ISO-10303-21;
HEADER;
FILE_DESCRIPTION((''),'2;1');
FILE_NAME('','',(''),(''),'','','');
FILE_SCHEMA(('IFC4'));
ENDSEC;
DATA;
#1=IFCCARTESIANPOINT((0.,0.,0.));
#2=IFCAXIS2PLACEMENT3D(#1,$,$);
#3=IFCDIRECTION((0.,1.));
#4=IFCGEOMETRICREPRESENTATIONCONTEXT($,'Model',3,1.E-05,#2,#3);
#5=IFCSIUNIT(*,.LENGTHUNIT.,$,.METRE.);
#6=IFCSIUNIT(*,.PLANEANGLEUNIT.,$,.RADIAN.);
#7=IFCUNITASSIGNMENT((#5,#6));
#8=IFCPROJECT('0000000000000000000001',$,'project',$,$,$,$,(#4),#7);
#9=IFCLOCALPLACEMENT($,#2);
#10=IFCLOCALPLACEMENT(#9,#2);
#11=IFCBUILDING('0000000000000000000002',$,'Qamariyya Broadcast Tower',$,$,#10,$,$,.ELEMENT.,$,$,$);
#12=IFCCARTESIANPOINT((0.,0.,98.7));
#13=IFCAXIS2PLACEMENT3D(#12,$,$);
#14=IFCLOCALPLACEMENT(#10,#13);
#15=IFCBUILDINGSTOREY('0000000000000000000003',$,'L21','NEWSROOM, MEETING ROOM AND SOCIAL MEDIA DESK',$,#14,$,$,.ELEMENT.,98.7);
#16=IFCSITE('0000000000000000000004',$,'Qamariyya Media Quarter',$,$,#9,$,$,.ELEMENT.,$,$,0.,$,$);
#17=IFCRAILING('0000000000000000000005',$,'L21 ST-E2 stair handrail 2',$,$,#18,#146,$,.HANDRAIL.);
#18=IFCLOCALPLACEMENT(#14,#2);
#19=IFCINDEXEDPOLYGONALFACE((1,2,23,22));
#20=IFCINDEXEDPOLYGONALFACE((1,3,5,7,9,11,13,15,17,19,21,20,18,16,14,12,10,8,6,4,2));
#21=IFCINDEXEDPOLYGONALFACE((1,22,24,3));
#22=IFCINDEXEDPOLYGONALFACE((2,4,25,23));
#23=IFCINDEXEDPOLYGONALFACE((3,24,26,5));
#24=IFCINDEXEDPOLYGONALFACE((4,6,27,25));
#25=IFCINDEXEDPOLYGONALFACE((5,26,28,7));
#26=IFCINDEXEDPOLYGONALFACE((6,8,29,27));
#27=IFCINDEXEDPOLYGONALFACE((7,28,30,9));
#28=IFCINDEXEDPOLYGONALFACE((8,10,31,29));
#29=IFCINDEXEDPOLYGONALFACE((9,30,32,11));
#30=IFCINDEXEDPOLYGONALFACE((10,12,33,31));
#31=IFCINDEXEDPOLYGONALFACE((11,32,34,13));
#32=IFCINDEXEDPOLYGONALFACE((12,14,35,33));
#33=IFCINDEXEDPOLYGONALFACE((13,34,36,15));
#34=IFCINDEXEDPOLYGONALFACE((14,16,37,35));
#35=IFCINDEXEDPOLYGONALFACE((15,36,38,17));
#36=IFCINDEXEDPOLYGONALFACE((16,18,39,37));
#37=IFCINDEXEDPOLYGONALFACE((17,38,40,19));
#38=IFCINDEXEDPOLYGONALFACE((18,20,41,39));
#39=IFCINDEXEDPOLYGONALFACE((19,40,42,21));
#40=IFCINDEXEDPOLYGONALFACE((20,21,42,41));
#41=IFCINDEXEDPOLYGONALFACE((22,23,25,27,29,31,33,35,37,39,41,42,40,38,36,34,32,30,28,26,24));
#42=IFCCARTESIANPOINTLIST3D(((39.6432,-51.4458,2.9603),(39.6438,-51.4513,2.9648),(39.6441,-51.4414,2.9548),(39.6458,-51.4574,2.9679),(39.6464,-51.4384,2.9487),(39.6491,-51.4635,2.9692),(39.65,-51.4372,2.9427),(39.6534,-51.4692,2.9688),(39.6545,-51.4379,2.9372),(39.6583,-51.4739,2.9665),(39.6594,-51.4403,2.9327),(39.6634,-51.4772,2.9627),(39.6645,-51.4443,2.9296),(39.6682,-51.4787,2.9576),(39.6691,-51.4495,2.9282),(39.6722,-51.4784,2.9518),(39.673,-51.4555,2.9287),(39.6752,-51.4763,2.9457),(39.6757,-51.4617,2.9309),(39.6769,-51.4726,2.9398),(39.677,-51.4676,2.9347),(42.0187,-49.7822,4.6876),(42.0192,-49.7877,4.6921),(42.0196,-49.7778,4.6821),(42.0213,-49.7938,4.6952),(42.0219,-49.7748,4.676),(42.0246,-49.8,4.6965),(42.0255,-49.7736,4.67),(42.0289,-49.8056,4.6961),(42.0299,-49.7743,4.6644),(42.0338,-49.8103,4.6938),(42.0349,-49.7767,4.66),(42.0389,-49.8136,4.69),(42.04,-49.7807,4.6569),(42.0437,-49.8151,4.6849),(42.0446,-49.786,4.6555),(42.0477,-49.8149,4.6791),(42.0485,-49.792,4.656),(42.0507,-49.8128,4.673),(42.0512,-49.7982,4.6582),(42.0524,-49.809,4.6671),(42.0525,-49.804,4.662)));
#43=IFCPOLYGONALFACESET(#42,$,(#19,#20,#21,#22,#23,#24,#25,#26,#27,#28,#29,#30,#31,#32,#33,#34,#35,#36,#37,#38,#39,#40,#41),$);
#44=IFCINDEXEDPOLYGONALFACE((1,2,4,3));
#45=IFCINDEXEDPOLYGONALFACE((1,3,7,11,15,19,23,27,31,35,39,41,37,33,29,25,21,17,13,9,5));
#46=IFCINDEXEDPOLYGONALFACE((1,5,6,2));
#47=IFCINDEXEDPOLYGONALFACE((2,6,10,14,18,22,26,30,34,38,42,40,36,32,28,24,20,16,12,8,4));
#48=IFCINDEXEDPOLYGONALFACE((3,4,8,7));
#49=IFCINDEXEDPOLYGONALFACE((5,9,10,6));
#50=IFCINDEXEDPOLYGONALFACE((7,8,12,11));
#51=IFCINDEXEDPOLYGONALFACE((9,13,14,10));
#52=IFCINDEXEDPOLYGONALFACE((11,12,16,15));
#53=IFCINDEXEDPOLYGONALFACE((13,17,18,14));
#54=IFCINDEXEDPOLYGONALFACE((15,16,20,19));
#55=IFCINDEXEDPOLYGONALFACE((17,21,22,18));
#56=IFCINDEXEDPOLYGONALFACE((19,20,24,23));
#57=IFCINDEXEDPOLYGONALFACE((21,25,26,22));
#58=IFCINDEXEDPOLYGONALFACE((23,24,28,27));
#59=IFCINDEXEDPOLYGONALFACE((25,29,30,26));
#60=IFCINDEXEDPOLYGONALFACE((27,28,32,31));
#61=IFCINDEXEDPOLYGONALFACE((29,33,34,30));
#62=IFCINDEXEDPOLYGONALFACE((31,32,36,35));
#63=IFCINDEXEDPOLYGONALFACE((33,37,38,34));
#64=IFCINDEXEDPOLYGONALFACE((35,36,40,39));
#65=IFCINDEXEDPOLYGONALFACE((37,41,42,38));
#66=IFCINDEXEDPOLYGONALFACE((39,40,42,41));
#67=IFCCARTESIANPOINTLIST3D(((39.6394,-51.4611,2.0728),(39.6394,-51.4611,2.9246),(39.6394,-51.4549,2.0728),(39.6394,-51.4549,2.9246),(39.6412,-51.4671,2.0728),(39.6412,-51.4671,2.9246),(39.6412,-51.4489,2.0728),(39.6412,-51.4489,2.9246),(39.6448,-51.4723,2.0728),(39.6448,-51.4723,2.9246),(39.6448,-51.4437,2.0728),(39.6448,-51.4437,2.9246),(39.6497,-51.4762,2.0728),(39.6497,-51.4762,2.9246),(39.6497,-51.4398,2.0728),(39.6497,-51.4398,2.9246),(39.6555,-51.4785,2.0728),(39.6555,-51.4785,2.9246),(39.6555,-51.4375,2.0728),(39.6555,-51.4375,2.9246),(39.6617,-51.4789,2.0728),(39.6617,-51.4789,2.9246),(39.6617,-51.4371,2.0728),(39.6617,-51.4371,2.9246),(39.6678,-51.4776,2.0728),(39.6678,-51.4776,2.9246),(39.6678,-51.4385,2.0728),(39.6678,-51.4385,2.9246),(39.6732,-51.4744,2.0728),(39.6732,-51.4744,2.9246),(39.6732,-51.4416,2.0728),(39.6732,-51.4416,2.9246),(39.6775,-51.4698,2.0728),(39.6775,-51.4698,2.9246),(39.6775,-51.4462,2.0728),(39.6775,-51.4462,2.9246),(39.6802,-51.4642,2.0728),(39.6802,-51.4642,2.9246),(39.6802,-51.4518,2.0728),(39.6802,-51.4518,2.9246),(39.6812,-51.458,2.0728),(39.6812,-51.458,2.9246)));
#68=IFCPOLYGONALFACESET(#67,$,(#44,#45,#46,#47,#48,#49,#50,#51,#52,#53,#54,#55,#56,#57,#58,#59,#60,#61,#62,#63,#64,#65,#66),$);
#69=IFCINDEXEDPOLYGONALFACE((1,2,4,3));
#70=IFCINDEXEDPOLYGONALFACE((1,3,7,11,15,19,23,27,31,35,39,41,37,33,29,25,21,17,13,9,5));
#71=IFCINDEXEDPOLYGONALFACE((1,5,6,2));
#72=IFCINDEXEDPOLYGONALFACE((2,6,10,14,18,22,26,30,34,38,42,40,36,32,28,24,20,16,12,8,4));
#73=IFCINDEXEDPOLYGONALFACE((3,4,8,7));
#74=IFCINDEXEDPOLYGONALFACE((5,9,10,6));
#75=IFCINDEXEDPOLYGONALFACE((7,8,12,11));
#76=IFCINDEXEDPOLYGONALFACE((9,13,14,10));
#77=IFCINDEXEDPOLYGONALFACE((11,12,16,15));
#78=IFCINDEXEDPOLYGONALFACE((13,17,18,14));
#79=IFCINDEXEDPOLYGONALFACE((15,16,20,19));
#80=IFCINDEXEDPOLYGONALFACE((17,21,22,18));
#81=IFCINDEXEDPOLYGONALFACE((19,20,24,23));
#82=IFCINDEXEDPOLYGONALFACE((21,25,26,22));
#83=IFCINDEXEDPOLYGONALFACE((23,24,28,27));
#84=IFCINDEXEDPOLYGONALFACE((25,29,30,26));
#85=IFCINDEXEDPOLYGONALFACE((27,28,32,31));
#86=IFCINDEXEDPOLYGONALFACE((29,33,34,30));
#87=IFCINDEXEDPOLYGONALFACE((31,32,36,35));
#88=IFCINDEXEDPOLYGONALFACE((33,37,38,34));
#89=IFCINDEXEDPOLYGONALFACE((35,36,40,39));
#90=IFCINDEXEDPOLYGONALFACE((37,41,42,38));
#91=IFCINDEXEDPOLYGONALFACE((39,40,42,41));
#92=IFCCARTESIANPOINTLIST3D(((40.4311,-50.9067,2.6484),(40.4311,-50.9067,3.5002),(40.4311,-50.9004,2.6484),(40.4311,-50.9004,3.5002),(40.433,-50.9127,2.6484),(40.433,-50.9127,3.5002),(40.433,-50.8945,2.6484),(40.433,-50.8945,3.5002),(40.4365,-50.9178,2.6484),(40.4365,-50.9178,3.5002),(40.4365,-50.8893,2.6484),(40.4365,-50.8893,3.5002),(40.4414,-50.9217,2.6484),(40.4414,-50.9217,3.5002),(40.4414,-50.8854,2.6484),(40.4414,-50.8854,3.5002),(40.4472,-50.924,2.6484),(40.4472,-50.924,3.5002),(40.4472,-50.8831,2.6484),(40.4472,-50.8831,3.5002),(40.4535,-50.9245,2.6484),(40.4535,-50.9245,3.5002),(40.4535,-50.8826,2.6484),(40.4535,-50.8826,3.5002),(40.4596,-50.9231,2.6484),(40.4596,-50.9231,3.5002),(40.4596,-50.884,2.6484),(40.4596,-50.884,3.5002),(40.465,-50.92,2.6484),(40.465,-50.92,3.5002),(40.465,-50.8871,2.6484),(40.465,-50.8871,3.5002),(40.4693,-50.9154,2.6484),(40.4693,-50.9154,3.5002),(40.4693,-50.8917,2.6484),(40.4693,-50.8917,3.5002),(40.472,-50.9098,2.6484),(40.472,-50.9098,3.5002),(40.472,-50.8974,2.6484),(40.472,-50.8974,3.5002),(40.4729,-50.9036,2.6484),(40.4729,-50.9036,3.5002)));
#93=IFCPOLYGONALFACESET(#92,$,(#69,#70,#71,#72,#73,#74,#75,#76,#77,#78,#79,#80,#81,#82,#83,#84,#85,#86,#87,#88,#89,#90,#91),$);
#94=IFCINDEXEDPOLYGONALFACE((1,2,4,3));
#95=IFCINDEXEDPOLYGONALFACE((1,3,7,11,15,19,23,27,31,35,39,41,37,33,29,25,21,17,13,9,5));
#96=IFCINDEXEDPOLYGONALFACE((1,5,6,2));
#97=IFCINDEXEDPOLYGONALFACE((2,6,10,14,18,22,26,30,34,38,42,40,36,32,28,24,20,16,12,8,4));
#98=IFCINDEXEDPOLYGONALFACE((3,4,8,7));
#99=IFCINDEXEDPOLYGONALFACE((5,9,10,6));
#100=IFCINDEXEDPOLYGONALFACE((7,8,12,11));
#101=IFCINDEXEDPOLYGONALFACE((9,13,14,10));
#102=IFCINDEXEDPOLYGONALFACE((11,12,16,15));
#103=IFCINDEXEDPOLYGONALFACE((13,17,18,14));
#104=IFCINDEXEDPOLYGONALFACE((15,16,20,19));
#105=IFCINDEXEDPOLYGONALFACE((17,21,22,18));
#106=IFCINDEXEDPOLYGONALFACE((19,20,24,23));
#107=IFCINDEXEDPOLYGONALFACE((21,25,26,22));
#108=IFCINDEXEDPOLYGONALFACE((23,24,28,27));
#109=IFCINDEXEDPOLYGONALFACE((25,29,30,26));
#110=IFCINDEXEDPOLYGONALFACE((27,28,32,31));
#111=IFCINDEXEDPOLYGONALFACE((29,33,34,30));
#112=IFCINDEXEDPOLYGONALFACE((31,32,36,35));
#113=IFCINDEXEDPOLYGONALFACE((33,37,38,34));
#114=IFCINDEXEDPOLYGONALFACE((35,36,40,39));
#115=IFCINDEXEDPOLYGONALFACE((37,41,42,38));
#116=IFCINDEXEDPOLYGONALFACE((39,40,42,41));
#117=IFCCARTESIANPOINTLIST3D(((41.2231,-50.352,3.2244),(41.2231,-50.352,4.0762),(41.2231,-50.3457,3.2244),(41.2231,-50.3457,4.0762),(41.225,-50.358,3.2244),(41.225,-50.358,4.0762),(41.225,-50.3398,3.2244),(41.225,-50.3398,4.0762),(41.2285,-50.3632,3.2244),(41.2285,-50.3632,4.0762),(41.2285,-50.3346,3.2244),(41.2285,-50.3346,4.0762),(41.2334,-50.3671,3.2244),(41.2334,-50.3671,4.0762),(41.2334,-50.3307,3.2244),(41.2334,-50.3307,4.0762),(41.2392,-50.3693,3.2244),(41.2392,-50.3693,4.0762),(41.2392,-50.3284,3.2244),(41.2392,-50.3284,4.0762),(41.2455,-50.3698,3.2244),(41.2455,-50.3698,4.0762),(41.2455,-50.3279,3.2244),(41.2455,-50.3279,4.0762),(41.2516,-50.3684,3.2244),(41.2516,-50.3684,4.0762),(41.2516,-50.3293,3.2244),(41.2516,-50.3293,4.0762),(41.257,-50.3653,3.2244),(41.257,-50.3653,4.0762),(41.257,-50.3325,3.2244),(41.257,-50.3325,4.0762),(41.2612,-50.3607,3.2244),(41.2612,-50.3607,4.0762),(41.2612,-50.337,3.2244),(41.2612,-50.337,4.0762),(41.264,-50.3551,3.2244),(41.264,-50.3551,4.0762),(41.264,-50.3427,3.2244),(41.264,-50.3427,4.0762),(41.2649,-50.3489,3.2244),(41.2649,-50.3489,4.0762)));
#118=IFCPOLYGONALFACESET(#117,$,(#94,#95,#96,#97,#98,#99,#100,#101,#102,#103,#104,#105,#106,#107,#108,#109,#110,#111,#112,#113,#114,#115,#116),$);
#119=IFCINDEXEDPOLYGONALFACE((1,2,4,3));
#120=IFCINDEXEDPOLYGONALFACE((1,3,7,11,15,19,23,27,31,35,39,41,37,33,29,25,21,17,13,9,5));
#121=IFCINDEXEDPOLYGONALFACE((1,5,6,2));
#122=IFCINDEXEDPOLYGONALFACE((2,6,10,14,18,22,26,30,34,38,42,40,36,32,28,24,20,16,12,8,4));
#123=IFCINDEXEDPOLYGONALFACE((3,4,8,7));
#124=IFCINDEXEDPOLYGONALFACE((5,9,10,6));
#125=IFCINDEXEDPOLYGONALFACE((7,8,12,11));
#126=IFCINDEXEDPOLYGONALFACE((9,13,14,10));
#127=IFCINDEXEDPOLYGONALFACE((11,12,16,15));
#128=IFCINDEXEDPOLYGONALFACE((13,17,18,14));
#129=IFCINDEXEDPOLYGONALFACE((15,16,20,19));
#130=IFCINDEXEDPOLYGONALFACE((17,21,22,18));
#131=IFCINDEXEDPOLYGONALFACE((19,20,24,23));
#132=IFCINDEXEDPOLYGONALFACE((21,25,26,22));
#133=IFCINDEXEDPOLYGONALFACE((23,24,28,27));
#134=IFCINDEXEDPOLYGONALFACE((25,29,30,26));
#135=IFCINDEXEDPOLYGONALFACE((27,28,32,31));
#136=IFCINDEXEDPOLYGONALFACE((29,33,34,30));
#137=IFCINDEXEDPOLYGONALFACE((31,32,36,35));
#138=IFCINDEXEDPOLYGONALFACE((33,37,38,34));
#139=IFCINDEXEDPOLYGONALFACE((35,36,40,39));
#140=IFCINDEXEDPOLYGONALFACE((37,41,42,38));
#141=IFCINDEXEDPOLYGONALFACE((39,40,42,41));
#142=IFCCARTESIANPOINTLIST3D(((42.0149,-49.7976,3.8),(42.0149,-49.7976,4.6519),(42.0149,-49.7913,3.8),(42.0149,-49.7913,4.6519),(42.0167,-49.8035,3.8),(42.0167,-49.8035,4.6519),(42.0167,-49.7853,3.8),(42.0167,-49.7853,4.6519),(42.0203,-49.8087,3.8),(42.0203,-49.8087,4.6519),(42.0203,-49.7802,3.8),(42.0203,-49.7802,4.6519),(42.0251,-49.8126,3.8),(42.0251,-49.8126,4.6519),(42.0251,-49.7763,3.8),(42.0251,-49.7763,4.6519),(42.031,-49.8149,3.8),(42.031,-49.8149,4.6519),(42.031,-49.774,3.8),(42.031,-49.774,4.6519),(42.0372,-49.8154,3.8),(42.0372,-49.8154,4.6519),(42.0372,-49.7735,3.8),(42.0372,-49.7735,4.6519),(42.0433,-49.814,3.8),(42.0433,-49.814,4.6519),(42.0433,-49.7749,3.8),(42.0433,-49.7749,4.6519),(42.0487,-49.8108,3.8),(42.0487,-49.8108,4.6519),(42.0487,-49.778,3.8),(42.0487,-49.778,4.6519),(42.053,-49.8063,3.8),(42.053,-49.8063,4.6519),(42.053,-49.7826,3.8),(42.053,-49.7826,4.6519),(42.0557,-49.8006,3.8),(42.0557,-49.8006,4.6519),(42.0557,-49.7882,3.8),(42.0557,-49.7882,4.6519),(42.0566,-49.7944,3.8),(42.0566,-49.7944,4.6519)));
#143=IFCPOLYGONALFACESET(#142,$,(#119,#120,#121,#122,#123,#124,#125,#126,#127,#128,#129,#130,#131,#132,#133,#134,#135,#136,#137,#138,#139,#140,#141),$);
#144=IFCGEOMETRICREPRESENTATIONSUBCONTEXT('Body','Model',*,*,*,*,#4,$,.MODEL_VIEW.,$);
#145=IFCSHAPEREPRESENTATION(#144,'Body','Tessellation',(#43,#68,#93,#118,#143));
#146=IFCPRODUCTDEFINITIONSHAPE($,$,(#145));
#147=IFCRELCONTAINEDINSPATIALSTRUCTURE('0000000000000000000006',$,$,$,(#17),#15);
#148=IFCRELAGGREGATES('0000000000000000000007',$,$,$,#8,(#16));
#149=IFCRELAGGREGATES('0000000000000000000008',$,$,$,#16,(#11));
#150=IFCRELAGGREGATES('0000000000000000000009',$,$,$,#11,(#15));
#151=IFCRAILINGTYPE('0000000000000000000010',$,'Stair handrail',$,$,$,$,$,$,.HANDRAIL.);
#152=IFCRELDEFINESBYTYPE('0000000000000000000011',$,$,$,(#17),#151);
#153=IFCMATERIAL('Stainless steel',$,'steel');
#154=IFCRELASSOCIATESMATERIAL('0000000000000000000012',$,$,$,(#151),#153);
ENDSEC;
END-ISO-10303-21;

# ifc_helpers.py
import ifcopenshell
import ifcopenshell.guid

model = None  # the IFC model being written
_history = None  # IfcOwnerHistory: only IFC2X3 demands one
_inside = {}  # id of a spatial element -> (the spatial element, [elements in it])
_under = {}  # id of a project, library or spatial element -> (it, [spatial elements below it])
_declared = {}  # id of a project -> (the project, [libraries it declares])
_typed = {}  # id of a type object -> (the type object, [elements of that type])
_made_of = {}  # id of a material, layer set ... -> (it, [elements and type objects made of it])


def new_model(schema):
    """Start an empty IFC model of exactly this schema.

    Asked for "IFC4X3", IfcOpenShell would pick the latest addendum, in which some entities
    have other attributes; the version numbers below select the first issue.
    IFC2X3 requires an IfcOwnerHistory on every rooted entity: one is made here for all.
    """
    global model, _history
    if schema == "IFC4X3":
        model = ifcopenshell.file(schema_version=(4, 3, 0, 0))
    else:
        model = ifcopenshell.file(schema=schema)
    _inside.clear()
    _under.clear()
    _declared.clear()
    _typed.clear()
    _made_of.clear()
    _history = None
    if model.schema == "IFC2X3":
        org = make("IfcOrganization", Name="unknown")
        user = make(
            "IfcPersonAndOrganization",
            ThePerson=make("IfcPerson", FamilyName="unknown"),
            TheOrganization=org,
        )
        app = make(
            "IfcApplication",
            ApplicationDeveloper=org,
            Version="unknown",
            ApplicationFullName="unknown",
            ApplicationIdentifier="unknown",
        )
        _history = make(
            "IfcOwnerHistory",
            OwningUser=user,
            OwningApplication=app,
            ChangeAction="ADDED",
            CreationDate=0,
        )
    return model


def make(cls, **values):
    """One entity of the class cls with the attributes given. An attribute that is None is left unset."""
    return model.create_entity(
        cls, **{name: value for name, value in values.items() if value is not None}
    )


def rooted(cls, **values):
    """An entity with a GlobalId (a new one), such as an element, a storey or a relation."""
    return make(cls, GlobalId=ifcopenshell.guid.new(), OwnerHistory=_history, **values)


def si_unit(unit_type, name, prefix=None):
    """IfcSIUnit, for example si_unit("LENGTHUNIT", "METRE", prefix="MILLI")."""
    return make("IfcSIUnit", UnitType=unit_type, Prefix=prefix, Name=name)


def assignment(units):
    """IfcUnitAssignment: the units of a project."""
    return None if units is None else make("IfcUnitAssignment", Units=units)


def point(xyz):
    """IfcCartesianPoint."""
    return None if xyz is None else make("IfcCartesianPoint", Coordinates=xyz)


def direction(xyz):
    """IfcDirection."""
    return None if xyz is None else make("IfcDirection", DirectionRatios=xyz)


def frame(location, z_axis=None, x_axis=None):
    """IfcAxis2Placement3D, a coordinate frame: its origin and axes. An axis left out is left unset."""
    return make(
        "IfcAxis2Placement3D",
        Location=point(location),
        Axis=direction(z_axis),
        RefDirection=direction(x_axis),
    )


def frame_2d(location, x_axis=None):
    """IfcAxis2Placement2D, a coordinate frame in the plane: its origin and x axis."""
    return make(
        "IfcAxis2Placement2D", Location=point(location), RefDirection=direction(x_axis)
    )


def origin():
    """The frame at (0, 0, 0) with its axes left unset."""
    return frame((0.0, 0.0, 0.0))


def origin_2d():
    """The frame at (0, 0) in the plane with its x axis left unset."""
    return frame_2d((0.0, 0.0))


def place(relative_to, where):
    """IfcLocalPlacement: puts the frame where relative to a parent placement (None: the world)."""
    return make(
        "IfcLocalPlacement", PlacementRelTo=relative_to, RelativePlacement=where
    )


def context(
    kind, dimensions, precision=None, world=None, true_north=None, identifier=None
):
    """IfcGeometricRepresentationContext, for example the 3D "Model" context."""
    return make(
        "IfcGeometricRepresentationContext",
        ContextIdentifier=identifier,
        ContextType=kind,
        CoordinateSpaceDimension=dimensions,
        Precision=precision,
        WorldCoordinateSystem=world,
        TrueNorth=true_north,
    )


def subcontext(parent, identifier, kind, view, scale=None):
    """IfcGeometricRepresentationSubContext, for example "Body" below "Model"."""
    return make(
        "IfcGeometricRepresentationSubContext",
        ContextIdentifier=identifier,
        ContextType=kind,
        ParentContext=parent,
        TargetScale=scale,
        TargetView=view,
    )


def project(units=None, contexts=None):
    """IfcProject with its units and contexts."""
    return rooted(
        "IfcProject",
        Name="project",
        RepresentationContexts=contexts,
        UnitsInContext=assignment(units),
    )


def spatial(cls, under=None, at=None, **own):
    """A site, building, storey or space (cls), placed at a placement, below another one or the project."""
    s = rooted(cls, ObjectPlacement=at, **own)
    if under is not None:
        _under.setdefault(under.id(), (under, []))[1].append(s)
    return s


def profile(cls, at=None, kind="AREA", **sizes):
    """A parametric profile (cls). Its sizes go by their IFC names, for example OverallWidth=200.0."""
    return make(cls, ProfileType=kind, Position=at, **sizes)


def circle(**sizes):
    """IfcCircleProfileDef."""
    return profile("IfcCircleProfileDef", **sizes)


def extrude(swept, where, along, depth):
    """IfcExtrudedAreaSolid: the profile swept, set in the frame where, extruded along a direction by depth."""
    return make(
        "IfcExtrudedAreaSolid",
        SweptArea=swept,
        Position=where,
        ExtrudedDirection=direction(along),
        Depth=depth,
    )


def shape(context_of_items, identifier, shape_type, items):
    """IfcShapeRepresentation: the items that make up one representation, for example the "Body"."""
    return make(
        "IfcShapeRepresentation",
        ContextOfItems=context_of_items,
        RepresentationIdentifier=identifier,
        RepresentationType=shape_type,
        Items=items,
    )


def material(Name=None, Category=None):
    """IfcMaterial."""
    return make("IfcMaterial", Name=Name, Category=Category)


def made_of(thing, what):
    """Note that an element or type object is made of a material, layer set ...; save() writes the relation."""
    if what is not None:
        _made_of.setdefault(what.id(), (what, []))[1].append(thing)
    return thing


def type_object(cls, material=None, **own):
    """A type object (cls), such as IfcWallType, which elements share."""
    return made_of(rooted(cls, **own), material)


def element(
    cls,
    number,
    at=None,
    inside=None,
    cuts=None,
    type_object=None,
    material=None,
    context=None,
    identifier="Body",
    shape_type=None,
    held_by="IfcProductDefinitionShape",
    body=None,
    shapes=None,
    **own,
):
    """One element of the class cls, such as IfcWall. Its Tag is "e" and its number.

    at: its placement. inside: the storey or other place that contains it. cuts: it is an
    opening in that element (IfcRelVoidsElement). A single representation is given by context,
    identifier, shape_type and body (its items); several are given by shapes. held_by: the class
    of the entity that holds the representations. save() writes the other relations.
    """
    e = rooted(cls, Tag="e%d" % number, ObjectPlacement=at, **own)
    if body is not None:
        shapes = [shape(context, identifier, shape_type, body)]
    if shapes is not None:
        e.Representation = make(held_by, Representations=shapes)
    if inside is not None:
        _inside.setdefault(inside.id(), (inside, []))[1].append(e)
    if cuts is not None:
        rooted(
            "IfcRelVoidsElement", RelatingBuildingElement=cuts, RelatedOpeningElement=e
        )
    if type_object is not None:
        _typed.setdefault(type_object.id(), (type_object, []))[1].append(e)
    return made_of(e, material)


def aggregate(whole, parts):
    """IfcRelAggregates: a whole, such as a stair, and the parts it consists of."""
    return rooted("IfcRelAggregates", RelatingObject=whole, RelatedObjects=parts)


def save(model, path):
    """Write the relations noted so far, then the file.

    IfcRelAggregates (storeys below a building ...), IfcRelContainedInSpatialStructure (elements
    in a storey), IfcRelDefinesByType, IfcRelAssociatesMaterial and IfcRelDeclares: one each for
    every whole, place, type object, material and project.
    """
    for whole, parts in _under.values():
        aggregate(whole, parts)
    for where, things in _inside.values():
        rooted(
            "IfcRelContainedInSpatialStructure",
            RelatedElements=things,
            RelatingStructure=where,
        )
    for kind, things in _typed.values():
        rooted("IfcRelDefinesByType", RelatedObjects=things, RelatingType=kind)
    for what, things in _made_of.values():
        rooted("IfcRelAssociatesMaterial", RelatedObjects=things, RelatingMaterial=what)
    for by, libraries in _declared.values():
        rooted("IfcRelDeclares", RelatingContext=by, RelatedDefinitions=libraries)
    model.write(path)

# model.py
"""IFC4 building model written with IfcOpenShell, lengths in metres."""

from ifc_helpers import new_model, si_unit, direction, frame, origin, origin_2d, place, context, subcontext, project, spatial, circle, extrude, material, type_object, element, save


model = new_model("IFC4")

# Units and contexts
model_context = context("Model", 3, precision=1e-05, world=origin(), true_north=direction((0.0, 1.0)))
body_context = subcontext(model_context, "Body", "Model", "MODEL_VIEW")
ifc_project = project(units=[si_unit("LENGTHUNIT", "METRE"), si_unit("PLANEANGLEUNIT", "RADIAN")], contexts=[model_context])

# Site, building, storey
site_placement = place(None, origin())
site = spatial("IfcSite", under=ifc_project, at=site_placement, Name="Qamariyya Media Quarter", CompositionType="ELEMENT", RefElevation=0.0)
building_placement = place(site_placement, origin())
building = spatial("IfcBuilding", under=site, at=building_placement, Name="Qamariyya Broadcast Tower", CompositionType="ELEMENT")
storey_placement = place(building_placement, frame((0.0, 0.0, 98.7)))
storey = spatial("IfcBuildingStorey", under=building, at=storey_placement, Name="L21", Description="NEWSROOM, MEETING ROOM AND SOCIAL MEDIA DESK", CompositionType="ELEMENT", Elevation=98.7)

# Railing
ifc_material_1 = material(Name="Stainless steel", Category="steel")
railing_type_1 = type_object("IfcRailingType", Name="Stair handrail", PredefinedType="HANDRAIL", material=ifc_material_1)
railing_1_placement = place(storey_placement, frame((39.6602, -51.458, 2.0728)))
element("IfcRailing", 1, at=railing_1_placement, inside=storey, type_object=railing_type_1, Name="L21 ST-E2 stair handrail 2", PredefinedType="HANDRAIL", context=body_context, shape_type="SweptSolid", body=[
    extrude(circle(Radius=0.0239, at=origin_2d()), frame((0.0, 0.0, 0.876), z_axis=(0.703745, 0.492838, 0.511716), x_axis=(-0.573632, 0.819113, 0.0)), (0.0, 0.0, 1.0), 3.3755),
    extrude(circle(Radius=0.021, at=origin_2d()), origin(), (0.0, 0.0, 1.0), 0.8518),
    extrude(circle(Radius=0.021, at=origin_2d()), frame((0.7917, 0.5544, 0.5757)), (0.0, 0.0, 1.0), 0.8518),
    extrude(circle(Radius=0.021, at=origin_2d()), frame((1.5837, 1.1091, 1.1516)), (0.0, 0.0, 1.0), 0.8518),
    extrude(circle(Radius=0.021, at=origin_2d()), frame((2.3755, 1.6636, 1.7273)), (0.0, 0.0, 1.0), 0.8518),
])

save(model, "model.ifc")
